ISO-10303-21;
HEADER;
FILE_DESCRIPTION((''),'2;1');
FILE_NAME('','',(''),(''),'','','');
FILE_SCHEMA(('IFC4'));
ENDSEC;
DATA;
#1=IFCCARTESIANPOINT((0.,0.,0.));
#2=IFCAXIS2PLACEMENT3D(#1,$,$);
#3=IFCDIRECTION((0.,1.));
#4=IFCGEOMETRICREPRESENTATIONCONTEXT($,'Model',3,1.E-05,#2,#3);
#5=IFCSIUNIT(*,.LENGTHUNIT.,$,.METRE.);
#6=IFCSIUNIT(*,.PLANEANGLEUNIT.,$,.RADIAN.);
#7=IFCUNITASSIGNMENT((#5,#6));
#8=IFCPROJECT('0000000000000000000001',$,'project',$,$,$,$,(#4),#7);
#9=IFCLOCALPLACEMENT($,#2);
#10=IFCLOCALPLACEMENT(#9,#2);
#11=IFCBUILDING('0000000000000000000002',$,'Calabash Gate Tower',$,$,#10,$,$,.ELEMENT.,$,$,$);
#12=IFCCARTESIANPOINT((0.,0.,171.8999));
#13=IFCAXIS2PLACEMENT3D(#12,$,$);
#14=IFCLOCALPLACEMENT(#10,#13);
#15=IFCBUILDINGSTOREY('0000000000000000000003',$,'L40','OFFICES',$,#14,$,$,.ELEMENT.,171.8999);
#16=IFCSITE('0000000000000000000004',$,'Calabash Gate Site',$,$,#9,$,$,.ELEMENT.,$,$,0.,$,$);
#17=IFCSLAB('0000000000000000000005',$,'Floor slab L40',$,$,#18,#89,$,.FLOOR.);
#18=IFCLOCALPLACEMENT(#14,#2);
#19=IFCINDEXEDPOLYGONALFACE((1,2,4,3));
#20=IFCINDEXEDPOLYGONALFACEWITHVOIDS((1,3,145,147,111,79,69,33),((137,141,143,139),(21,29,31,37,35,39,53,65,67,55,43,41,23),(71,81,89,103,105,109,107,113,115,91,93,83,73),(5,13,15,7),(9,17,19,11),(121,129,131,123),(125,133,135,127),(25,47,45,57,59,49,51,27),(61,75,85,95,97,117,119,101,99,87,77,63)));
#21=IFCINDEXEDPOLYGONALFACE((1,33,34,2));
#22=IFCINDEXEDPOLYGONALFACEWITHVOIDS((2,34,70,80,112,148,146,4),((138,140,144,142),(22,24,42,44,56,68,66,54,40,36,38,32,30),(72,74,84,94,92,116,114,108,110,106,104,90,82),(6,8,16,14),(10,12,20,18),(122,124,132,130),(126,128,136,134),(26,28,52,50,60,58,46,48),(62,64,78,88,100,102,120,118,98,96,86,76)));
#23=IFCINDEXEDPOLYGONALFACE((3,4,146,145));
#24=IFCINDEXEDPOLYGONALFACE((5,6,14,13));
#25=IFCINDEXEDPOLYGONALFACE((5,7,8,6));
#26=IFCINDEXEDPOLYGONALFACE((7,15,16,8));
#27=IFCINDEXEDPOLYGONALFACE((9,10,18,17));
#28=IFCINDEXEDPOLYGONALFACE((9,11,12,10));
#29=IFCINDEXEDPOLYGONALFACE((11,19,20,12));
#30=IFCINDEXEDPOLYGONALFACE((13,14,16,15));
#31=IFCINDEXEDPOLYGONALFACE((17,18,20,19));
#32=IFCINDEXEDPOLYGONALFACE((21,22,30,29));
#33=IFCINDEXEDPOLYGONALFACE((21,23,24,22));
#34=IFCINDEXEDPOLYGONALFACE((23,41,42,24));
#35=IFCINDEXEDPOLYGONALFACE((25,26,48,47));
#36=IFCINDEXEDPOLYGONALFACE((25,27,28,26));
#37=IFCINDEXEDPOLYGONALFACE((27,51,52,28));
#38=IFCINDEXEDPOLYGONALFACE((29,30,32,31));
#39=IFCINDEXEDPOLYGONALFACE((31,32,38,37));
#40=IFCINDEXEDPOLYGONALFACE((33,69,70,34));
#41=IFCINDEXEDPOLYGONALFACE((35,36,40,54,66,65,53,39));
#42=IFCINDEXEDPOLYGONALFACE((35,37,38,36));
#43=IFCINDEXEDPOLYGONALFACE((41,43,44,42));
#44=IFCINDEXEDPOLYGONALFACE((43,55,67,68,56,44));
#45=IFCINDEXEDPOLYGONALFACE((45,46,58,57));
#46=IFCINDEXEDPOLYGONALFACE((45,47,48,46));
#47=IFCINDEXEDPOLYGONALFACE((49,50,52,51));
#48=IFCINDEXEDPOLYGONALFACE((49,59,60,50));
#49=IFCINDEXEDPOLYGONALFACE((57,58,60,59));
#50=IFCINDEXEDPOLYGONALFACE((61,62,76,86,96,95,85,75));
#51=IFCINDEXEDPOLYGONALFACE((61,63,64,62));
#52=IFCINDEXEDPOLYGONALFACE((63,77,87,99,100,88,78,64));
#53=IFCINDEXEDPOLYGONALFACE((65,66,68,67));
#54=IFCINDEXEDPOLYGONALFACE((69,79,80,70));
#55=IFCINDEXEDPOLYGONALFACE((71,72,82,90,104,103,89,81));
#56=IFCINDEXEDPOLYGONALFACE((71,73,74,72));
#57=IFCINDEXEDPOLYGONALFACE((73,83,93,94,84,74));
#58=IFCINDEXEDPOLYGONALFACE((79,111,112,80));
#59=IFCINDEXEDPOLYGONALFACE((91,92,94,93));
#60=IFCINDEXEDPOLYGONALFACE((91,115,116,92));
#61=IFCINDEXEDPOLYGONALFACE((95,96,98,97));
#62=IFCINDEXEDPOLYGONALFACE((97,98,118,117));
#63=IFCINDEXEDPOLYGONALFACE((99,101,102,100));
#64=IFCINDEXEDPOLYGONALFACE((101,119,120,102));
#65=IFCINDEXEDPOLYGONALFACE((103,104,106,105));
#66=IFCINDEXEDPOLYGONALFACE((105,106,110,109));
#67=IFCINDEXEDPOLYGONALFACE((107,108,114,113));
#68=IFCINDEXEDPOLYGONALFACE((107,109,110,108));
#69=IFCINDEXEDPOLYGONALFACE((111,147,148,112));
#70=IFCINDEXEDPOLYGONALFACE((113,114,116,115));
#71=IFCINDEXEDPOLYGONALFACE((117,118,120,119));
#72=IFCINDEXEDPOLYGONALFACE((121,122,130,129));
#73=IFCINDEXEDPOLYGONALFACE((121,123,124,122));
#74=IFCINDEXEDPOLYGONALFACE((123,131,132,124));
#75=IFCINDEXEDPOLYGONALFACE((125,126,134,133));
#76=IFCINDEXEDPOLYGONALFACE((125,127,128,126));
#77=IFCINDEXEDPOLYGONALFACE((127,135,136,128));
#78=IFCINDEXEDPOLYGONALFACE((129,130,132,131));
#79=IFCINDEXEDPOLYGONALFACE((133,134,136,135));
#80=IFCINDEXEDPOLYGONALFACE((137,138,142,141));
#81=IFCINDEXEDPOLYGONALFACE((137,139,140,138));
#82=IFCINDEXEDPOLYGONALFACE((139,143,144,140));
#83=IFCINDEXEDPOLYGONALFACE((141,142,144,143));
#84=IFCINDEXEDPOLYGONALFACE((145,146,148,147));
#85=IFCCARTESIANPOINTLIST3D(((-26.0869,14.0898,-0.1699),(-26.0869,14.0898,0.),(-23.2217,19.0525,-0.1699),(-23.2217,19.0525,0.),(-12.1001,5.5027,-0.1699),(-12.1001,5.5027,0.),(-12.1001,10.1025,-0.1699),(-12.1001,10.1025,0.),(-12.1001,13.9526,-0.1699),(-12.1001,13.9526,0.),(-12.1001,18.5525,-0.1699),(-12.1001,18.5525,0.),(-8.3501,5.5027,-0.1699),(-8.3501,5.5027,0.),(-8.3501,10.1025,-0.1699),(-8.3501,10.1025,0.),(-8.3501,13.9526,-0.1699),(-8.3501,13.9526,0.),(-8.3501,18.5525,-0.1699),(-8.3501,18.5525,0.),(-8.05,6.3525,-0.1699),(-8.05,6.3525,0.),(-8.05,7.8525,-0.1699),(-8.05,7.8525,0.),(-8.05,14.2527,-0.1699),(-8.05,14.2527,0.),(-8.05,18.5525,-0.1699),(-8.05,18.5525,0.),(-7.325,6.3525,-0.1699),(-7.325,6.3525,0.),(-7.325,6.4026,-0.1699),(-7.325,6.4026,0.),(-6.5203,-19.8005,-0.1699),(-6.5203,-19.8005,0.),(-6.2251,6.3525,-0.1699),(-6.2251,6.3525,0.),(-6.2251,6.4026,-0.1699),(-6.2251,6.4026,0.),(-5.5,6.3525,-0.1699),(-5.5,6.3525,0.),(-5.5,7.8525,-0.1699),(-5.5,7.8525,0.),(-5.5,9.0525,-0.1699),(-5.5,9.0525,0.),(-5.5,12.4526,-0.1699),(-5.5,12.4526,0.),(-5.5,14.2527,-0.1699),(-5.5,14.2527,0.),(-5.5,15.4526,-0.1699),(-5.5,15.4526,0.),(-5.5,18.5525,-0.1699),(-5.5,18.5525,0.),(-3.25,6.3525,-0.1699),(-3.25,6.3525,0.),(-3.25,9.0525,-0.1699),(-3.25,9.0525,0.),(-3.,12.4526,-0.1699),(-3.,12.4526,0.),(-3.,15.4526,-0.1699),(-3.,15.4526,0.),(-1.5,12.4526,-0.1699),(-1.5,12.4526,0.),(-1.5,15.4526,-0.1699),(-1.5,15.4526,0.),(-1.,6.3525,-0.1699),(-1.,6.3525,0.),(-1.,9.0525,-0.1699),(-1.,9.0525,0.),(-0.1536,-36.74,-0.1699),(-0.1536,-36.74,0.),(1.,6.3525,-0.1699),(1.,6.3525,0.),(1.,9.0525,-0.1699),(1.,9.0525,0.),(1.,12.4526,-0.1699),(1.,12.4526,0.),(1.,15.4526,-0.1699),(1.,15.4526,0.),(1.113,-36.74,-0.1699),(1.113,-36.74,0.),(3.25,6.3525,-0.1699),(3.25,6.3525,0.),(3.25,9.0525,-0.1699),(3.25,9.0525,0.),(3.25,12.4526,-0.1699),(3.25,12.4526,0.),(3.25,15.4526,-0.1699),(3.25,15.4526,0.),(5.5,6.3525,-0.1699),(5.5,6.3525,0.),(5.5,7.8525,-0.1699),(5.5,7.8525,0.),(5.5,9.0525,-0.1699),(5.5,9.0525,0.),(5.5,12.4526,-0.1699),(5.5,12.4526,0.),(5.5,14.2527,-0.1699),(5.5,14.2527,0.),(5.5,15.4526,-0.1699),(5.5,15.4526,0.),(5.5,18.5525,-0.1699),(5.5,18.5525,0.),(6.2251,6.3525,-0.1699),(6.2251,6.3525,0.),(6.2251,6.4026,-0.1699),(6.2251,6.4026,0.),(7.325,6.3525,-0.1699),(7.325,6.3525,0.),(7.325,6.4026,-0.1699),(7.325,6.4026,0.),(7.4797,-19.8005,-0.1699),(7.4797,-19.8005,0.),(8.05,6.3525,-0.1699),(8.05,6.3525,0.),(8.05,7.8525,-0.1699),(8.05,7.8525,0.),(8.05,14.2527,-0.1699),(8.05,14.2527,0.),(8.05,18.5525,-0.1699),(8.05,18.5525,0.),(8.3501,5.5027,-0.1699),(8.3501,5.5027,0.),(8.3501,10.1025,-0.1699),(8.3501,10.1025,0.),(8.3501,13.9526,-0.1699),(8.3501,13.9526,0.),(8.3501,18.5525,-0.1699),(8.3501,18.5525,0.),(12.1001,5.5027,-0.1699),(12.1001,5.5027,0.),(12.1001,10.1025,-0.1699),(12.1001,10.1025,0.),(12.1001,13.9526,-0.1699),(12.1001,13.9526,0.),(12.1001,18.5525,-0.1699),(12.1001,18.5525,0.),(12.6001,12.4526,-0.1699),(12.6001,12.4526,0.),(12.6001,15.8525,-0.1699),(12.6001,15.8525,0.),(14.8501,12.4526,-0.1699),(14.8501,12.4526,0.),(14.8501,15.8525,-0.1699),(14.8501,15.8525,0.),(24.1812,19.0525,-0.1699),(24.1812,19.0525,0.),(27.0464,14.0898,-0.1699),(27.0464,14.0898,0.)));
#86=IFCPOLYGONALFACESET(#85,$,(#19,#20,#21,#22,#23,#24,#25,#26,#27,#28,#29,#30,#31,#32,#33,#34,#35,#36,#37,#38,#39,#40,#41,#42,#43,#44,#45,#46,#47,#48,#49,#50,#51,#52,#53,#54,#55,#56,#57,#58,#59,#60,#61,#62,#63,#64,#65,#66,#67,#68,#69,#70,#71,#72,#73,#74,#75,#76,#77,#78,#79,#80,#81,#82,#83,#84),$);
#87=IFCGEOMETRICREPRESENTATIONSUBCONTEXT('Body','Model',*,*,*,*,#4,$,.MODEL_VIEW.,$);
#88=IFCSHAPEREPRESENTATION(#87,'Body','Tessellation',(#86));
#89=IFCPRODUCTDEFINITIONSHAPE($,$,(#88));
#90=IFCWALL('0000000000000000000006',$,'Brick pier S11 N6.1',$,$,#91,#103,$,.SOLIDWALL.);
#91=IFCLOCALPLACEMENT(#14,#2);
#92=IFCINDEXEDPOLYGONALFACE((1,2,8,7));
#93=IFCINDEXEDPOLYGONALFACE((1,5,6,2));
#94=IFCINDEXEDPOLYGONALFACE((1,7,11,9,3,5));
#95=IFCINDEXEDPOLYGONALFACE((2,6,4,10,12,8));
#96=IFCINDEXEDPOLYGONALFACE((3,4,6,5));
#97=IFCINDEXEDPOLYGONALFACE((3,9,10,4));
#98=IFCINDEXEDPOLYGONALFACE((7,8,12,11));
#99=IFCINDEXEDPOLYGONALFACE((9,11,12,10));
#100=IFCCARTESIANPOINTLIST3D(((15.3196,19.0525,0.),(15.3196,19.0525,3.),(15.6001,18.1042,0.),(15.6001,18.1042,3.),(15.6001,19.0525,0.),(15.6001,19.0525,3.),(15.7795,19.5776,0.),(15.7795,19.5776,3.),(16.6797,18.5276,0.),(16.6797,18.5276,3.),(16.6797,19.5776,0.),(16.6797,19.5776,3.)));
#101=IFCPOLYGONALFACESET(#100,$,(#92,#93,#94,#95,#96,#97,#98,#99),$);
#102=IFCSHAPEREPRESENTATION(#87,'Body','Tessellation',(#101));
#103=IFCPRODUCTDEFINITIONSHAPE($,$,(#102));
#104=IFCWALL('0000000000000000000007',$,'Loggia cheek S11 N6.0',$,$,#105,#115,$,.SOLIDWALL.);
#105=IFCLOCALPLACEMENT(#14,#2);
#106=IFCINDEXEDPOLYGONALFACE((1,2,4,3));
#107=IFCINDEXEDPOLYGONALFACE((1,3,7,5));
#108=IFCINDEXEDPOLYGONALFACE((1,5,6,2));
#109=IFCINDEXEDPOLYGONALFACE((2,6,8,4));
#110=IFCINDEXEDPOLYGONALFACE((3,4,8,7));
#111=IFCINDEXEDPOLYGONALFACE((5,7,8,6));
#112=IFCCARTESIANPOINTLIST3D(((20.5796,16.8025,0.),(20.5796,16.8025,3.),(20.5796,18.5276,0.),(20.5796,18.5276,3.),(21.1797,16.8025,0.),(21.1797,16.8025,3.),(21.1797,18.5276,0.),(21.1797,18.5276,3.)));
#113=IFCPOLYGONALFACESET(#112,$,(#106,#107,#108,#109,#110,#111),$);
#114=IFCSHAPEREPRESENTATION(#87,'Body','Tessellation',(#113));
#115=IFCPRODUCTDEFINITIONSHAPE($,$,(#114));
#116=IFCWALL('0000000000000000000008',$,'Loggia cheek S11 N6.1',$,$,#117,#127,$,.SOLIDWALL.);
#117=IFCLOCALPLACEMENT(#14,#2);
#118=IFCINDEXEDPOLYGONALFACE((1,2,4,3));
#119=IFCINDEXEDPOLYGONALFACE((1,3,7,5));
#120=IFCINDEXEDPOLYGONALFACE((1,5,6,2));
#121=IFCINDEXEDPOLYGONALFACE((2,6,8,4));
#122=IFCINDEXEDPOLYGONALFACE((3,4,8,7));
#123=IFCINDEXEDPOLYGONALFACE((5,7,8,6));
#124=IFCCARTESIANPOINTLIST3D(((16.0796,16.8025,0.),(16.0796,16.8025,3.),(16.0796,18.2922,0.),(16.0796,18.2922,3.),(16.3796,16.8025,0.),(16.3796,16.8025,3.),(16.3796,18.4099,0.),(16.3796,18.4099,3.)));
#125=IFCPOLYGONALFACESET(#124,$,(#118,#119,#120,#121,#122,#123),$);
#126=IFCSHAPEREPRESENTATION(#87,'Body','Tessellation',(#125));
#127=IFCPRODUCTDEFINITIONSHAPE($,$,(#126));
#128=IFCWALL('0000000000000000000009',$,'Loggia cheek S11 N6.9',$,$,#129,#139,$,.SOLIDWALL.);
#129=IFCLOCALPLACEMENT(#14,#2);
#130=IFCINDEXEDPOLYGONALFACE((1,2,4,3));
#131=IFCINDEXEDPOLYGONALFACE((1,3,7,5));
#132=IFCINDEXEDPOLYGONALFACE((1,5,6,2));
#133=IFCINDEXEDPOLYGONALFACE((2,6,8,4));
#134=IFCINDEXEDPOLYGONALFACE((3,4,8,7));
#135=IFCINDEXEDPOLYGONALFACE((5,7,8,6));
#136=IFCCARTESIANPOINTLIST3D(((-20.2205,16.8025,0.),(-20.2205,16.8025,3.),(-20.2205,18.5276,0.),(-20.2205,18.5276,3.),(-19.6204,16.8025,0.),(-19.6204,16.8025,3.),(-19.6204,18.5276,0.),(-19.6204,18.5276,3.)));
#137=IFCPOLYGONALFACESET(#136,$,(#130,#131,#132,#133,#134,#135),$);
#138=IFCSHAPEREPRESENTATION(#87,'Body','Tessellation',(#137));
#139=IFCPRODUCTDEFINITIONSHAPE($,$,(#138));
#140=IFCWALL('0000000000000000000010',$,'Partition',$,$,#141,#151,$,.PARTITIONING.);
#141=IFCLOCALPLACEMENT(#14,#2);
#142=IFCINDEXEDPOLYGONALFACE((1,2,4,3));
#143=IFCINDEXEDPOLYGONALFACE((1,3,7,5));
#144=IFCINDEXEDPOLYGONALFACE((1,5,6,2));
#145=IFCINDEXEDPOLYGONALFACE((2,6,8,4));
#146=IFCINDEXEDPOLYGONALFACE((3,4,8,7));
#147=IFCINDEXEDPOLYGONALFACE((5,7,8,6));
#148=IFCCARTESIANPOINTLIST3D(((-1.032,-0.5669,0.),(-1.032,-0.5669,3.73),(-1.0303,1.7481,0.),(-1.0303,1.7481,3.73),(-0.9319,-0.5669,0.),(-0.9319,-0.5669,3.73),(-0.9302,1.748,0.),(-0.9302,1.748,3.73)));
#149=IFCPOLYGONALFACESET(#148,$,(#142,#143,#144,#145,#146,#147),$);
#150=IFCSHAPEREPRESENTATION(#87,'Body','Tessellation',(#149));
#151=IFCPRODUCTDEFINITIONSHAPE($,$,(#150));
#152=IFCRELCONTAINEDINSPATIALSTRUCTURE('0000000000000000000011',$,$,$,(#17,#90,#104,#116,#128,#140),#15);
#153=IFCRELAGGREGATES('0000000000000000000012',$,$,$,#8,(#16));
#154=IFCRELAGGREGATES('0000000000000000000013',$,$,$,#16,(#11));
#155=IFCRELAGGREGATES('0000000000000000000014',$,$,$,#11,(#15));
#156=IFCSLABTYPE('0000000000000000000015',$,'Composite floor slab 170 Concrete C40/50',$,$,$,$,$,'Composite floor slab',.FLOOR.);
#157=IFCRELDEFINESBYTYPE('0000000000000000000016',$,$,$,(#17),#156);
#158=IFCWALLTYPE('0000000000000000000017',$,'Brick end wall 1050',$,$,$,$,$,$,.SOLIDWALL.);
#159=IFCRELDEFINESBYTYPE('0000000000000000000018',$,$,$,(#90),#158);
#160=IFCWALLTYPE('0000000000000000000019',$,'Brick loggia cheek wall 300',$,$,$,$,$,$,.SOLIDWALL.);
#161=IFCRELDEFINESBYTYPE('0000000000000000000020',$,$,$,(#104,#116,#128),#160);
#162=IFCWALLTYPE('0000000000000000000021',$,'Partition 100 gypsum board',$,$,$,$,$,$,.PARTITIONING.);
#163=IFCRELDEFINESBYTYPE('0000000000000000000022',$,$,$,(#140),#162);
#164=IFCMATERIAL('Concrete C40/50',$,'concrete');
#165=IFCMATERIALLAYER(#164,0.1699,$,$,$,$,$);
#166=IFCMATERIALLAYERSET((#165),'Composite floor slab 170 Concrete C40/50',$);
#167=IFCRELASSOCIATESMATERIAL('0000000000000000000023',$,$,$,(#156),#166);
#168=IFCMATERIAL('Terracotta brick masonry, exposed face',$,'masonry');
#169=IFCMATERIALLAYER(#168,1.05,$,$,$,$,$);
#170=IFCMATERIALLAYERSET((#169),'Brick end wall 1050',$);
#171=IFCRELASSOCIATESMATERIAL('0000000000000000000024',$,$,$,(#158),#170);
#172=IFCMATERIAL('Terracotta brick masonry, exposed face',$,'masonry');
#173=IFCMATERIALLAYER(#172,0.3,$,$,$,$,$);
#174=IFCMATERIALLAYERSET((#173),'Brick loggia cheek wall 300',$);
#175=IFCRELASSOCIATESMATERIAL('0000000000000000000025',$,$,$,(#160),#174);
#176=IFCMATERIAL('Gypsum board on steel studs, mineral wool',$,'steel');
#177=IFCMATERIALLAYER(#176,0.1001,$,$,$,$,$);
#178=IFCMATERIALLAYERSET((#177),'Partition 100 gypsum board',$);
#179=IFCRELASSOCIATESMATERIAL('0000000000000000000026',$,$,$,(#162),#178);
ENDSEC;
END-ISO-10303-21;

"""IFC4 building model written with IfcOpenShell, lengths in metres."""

from ifc_helpers import new_model, si_unit, direction, frame, frame_2d, origin, place, context, subcontext, project, spatial, polyline, rectangle, outline, extrude, material, layer, layer_set, type_object, element, save


model = new_model("IFC4")

# Units and contexts
model_context = context("Model", 3, precision=1e-05, world=origin(), true_north=direction((0.0, 1.0)))
body_context = subcontext(model_context, "Body", "Model", "MODEL_VIEW")
ifc_project = project(units=[si_unit("LENGTHUNIT", "METRE"), si_unit("PLANEANGLEUNIT", "RADIAN")], contexts=[model_context])

# Site, building, storey
site_placement = place(None, origin())
site = spatial("IfcSite", under=ifc_project, at=site_placement, Name="Calabash Gate Site", CompositionType="ELEMENT", RefElevation=0.0)
building_placement = place(site_placement, origin())
building = spatial("IfcBuilding", under=site, at=building_placement, Name="Calabash Gate Tower", CompositionType="ELEMENT")
storey_placement = place(building_placement, frame((0.0, 0.0, 171.8999)))
storey = spatial("IfcBuildingStorey", under=building, at=storey_placement, Name="L40", Description="OFFICES", CompositionType="ELEMENT", Elevation=171.8999)

# Slab
ifc_material_1 = material(Name="Concrete C40/50", Category="concrete")
ifc_layer_1 = layer(ifc_material_1, 0.1699)
ifc_layer_set_1 = layer_set([ifc_layer_1], Name="Composite floor slab 170 Concrete C40/50")
slab_type = type_object("IfcSlabType", Name="Composite floor slab 170 Concrete C40/50", ElementType="Composite floor slab", PredefinedType="FLOOR", material=ifc_layer_set_1)
slab_placement = place(storey_placement, frame((0.0, 0.0, -0.1699)))
element("IfcSlab", 1, at=slab_placement, inside=storey, type_object=slab_type, Name="Floor slab L40", PredefinedType="FLOOR", context=body_context, shape_type="SweptSolid", body=[
    extrude(outline(polyline([(-23.2217, 19.0525), (24.1812, 19.0525), (27.0464, 14.0898), (7.4797, -19.8005), (1.113, -36.74), (-0.1536, -36.74), (-6.5203, -19.8005), (-26.0869, 14.0898), (-23.2217, 19.0525)]), holes=[polyline([(-3.25, 9.0525), (-5.5, 9.0525), (-5.5, 7.8525), (-8.05, 7.8525), (-8.05, 6.3525), (-7.325, 6.3525), (-7.325, 6.4026), (-6.2251, 6.4026), (-6.2251, 6.3525), (-5.5, 6.3525), (-3.25, 6.3525), (-1.0, 6.3525), (-1.0, 9.0525), (-3.25, 9.0525)]), polyline([(5.5, 6.3525), (6.2251, 6.3525), (6.2251, 6.4026), (7.325, 6.4026), (7.325, 6.3525), (8.05, 6.3525), (8.05, 7.8525), (5.5, 7.8525), (5.5, 9.0525), (3.25, 9.0525), (1.0, 9.0525), (1.0, 6.3525), (3.25, 6.3525), (5.5, 6.3525)]), polyline([(-5.5, 12.4526), (-3.0, 12.4526), (-3.0, 15.4526), (-5.5, 15.4526), (-5.5, 18.5525), (-8.05, 18.5525), (-8.05, 14.2527), (-5.5, 14.2527), (-5.5, 12.4526)]), polyline([(-1.5, 15.4526), (-1.5, 12.4526), (1.0, 12.4526), (3.25, 12.4526), (5.5, 12.4526), (5.5, 14.2527), (8.05, 14.2527), (8.05, 18.5525), (5.5, 18.5525), (5.5, 15.4526), (3.25, 15.4526), (1.0, 15.4526), (-1.5, 15.4526)]), polyline([(14.8501, 15.8525), (12.6001, 15.8525), (12.6001, 12.4526), (14.8501, 12.4526), (14.8501, 15.8525)]), polyline([(-8.3501, 18.5525), (-12.1001, 18.5525), (-12.1001, 13.9526), (-8.3501, 13.9526), (-8.3501, 18.5525)]), polyline([(-12.1001, 10.1025), (-12.1001, 5.5027), (-8.3501, 5.5027), (-8.3501, 10.1025), (-12.1001, 10.1025)]), polyline([(8.3501, 13.9526), (12.1001, 13.9526), (12.1001, 18.5525), (8.3501, 18.5525), (8.3501, 13.9526)]), polyline([(12.1001, 5.5027), (12.1001, 10.1025), (8.3501, 10.1025), (8.3501, 5.5027), (12.1001, 5.5027)])]), origin(), (0.0, 0.0, 1.0), 0.1699),
])

# Walls
ifc_material_2 = material(Name="Terracotta brick masonry, exposed face", Category="masonry")
ifc_layer_2 = layer(ifc_material_2, 1.05)
ifc_layer_set_2 = layer_set([ifc_layer_2], Name="Brick end wall 1050")
wall_type_1 = type_object("IfcWallType", Name="Brick end wall 1050", PredefinedType="SOLIDWALL", material=ifc_layer_set_2)
wall_1_placement = place(storey_placement, origin())
element("IfcWall", 2, at=wall_1_placement, inside=storey, type_object=wall_type_1, Name="Brick pier S11 N6.1", PredefinedType="SOLIDWALL", context=body_context, shape_type="SweptSolid", body=[
    extrude(outline(polyline([(15.6001, 18.1042), (16.6797, 18.5276), (16.6797, 19.5776), (15.7795, 19.5776), (15.3196, 19.0525), (15.6001, 19.0525), (15.6001, 18.1042)])), origin(), (0.0, 0.0, 1.0), 3.0),
])
ifc_material_3 = material(Name="Terracotta brick masonry, exposed face", Category="masonry")
ifc_layer_3 = layer(ifc_material_3, 0.3)
ifc_layer_set_3 = layer_set([ifc_layer_3], Name="Brick loggia cheek wall 300")
wall_type_2 = type_object("IfcWallType", Name="Brick loggia cheek wall 300", PredefinedType="SOLIDWALL", material=ifc_layer_set_3)
wall_2_placement = place(storey_placement, origin())
element("IfcWall", 3, at=wall_2_placement, inside=storey, type_object=wall_type_2, Name="Loggia cheek S11 N6.0", PredefinedType="SOLIDWALL", context=body_context, shape_type="SweptSolid", body=[
    extrude(outline(polyline([(21.1797, 16.8025), (21.1797, 18.5276), (20.5796, 18.5276), (20.5796, 16.8025), (21.1797, 16.8025)])), origin(), (0.0, 0.0, 1.0), 3.0),
])
wall_3_placement = place(storey_placement, origin())
element("IfcWall", 4, at=wall_3_placement, inside=storey, type_object=wall_type_2, Name="Loggia cheek S11 N6.1", PredefinedType="SOLIDWALL", context=body_context, shape_type="SweptSolid", body=[
    extrude(outline(polyline([(16.0796, 18.2922), (16.0796, 16.8025), (16.3796, 16.8025), (16.3796, 18.4099), (16.0796, 18.2922)])), origin(), (0.0, 0.0, 1.0), 3.0),
])
wall_4_placement = place(storey_placement, origin())
element("IfcWall", 5, at=wall_4_placement, inside=storey, type_object=wall_type_2, Name="Loggia cheek S11 N6.9", PredefinedType="SOLIDWALL", context=body_context, shape_type="SweptSolid", body=[
    extrude(outline(polyline([(-20.2205, 18.5276), (-20.2205, 16.8025), (-19.6204, 16.8025), (-19.6204, 18.5276), (-20.2205, 18.5276)])), origin(), (0.0, 0.0, 1.0), 3.0),
])
ifc_material_4 = material(Name="Gypsum board on steel studs, mineral wool", Category="steel")
ifc_layer_4 = layer(ifc_material_4, 0.1001)
ifc_layer_set_4 = layer_set([ifc_layer_4], Name="Partition 100 gypsum board")
wall_type_3 = type_object("IfcWallType", Name="Partition 100 gypsum board", PredefinedType="PARTITIONING", material=ifc_layer_set_4)
wall_5_placement = place(storey_placement, frame((-0.9819, -0.5669, 0.0), z_axis=(0.0, 0.0, 1.0), x_axis=(0.000738, 1.0, 0.0)))
element("IfcWall", 6, at=wall_5_placement, inside=storey, type_object=wall_type_3, Name="Partition", PredefinedType="PARTITIONING", context=body_context, shape_type="SweptSolid", body=[
    extrude(rectangle(XDim=2.3149, YDim=0.1001, at=frame_2d((1.1575, 0.0))), origin(), (0.0, 0.0, 1.0), 3.73),
])

save(model, "model.ifc")
